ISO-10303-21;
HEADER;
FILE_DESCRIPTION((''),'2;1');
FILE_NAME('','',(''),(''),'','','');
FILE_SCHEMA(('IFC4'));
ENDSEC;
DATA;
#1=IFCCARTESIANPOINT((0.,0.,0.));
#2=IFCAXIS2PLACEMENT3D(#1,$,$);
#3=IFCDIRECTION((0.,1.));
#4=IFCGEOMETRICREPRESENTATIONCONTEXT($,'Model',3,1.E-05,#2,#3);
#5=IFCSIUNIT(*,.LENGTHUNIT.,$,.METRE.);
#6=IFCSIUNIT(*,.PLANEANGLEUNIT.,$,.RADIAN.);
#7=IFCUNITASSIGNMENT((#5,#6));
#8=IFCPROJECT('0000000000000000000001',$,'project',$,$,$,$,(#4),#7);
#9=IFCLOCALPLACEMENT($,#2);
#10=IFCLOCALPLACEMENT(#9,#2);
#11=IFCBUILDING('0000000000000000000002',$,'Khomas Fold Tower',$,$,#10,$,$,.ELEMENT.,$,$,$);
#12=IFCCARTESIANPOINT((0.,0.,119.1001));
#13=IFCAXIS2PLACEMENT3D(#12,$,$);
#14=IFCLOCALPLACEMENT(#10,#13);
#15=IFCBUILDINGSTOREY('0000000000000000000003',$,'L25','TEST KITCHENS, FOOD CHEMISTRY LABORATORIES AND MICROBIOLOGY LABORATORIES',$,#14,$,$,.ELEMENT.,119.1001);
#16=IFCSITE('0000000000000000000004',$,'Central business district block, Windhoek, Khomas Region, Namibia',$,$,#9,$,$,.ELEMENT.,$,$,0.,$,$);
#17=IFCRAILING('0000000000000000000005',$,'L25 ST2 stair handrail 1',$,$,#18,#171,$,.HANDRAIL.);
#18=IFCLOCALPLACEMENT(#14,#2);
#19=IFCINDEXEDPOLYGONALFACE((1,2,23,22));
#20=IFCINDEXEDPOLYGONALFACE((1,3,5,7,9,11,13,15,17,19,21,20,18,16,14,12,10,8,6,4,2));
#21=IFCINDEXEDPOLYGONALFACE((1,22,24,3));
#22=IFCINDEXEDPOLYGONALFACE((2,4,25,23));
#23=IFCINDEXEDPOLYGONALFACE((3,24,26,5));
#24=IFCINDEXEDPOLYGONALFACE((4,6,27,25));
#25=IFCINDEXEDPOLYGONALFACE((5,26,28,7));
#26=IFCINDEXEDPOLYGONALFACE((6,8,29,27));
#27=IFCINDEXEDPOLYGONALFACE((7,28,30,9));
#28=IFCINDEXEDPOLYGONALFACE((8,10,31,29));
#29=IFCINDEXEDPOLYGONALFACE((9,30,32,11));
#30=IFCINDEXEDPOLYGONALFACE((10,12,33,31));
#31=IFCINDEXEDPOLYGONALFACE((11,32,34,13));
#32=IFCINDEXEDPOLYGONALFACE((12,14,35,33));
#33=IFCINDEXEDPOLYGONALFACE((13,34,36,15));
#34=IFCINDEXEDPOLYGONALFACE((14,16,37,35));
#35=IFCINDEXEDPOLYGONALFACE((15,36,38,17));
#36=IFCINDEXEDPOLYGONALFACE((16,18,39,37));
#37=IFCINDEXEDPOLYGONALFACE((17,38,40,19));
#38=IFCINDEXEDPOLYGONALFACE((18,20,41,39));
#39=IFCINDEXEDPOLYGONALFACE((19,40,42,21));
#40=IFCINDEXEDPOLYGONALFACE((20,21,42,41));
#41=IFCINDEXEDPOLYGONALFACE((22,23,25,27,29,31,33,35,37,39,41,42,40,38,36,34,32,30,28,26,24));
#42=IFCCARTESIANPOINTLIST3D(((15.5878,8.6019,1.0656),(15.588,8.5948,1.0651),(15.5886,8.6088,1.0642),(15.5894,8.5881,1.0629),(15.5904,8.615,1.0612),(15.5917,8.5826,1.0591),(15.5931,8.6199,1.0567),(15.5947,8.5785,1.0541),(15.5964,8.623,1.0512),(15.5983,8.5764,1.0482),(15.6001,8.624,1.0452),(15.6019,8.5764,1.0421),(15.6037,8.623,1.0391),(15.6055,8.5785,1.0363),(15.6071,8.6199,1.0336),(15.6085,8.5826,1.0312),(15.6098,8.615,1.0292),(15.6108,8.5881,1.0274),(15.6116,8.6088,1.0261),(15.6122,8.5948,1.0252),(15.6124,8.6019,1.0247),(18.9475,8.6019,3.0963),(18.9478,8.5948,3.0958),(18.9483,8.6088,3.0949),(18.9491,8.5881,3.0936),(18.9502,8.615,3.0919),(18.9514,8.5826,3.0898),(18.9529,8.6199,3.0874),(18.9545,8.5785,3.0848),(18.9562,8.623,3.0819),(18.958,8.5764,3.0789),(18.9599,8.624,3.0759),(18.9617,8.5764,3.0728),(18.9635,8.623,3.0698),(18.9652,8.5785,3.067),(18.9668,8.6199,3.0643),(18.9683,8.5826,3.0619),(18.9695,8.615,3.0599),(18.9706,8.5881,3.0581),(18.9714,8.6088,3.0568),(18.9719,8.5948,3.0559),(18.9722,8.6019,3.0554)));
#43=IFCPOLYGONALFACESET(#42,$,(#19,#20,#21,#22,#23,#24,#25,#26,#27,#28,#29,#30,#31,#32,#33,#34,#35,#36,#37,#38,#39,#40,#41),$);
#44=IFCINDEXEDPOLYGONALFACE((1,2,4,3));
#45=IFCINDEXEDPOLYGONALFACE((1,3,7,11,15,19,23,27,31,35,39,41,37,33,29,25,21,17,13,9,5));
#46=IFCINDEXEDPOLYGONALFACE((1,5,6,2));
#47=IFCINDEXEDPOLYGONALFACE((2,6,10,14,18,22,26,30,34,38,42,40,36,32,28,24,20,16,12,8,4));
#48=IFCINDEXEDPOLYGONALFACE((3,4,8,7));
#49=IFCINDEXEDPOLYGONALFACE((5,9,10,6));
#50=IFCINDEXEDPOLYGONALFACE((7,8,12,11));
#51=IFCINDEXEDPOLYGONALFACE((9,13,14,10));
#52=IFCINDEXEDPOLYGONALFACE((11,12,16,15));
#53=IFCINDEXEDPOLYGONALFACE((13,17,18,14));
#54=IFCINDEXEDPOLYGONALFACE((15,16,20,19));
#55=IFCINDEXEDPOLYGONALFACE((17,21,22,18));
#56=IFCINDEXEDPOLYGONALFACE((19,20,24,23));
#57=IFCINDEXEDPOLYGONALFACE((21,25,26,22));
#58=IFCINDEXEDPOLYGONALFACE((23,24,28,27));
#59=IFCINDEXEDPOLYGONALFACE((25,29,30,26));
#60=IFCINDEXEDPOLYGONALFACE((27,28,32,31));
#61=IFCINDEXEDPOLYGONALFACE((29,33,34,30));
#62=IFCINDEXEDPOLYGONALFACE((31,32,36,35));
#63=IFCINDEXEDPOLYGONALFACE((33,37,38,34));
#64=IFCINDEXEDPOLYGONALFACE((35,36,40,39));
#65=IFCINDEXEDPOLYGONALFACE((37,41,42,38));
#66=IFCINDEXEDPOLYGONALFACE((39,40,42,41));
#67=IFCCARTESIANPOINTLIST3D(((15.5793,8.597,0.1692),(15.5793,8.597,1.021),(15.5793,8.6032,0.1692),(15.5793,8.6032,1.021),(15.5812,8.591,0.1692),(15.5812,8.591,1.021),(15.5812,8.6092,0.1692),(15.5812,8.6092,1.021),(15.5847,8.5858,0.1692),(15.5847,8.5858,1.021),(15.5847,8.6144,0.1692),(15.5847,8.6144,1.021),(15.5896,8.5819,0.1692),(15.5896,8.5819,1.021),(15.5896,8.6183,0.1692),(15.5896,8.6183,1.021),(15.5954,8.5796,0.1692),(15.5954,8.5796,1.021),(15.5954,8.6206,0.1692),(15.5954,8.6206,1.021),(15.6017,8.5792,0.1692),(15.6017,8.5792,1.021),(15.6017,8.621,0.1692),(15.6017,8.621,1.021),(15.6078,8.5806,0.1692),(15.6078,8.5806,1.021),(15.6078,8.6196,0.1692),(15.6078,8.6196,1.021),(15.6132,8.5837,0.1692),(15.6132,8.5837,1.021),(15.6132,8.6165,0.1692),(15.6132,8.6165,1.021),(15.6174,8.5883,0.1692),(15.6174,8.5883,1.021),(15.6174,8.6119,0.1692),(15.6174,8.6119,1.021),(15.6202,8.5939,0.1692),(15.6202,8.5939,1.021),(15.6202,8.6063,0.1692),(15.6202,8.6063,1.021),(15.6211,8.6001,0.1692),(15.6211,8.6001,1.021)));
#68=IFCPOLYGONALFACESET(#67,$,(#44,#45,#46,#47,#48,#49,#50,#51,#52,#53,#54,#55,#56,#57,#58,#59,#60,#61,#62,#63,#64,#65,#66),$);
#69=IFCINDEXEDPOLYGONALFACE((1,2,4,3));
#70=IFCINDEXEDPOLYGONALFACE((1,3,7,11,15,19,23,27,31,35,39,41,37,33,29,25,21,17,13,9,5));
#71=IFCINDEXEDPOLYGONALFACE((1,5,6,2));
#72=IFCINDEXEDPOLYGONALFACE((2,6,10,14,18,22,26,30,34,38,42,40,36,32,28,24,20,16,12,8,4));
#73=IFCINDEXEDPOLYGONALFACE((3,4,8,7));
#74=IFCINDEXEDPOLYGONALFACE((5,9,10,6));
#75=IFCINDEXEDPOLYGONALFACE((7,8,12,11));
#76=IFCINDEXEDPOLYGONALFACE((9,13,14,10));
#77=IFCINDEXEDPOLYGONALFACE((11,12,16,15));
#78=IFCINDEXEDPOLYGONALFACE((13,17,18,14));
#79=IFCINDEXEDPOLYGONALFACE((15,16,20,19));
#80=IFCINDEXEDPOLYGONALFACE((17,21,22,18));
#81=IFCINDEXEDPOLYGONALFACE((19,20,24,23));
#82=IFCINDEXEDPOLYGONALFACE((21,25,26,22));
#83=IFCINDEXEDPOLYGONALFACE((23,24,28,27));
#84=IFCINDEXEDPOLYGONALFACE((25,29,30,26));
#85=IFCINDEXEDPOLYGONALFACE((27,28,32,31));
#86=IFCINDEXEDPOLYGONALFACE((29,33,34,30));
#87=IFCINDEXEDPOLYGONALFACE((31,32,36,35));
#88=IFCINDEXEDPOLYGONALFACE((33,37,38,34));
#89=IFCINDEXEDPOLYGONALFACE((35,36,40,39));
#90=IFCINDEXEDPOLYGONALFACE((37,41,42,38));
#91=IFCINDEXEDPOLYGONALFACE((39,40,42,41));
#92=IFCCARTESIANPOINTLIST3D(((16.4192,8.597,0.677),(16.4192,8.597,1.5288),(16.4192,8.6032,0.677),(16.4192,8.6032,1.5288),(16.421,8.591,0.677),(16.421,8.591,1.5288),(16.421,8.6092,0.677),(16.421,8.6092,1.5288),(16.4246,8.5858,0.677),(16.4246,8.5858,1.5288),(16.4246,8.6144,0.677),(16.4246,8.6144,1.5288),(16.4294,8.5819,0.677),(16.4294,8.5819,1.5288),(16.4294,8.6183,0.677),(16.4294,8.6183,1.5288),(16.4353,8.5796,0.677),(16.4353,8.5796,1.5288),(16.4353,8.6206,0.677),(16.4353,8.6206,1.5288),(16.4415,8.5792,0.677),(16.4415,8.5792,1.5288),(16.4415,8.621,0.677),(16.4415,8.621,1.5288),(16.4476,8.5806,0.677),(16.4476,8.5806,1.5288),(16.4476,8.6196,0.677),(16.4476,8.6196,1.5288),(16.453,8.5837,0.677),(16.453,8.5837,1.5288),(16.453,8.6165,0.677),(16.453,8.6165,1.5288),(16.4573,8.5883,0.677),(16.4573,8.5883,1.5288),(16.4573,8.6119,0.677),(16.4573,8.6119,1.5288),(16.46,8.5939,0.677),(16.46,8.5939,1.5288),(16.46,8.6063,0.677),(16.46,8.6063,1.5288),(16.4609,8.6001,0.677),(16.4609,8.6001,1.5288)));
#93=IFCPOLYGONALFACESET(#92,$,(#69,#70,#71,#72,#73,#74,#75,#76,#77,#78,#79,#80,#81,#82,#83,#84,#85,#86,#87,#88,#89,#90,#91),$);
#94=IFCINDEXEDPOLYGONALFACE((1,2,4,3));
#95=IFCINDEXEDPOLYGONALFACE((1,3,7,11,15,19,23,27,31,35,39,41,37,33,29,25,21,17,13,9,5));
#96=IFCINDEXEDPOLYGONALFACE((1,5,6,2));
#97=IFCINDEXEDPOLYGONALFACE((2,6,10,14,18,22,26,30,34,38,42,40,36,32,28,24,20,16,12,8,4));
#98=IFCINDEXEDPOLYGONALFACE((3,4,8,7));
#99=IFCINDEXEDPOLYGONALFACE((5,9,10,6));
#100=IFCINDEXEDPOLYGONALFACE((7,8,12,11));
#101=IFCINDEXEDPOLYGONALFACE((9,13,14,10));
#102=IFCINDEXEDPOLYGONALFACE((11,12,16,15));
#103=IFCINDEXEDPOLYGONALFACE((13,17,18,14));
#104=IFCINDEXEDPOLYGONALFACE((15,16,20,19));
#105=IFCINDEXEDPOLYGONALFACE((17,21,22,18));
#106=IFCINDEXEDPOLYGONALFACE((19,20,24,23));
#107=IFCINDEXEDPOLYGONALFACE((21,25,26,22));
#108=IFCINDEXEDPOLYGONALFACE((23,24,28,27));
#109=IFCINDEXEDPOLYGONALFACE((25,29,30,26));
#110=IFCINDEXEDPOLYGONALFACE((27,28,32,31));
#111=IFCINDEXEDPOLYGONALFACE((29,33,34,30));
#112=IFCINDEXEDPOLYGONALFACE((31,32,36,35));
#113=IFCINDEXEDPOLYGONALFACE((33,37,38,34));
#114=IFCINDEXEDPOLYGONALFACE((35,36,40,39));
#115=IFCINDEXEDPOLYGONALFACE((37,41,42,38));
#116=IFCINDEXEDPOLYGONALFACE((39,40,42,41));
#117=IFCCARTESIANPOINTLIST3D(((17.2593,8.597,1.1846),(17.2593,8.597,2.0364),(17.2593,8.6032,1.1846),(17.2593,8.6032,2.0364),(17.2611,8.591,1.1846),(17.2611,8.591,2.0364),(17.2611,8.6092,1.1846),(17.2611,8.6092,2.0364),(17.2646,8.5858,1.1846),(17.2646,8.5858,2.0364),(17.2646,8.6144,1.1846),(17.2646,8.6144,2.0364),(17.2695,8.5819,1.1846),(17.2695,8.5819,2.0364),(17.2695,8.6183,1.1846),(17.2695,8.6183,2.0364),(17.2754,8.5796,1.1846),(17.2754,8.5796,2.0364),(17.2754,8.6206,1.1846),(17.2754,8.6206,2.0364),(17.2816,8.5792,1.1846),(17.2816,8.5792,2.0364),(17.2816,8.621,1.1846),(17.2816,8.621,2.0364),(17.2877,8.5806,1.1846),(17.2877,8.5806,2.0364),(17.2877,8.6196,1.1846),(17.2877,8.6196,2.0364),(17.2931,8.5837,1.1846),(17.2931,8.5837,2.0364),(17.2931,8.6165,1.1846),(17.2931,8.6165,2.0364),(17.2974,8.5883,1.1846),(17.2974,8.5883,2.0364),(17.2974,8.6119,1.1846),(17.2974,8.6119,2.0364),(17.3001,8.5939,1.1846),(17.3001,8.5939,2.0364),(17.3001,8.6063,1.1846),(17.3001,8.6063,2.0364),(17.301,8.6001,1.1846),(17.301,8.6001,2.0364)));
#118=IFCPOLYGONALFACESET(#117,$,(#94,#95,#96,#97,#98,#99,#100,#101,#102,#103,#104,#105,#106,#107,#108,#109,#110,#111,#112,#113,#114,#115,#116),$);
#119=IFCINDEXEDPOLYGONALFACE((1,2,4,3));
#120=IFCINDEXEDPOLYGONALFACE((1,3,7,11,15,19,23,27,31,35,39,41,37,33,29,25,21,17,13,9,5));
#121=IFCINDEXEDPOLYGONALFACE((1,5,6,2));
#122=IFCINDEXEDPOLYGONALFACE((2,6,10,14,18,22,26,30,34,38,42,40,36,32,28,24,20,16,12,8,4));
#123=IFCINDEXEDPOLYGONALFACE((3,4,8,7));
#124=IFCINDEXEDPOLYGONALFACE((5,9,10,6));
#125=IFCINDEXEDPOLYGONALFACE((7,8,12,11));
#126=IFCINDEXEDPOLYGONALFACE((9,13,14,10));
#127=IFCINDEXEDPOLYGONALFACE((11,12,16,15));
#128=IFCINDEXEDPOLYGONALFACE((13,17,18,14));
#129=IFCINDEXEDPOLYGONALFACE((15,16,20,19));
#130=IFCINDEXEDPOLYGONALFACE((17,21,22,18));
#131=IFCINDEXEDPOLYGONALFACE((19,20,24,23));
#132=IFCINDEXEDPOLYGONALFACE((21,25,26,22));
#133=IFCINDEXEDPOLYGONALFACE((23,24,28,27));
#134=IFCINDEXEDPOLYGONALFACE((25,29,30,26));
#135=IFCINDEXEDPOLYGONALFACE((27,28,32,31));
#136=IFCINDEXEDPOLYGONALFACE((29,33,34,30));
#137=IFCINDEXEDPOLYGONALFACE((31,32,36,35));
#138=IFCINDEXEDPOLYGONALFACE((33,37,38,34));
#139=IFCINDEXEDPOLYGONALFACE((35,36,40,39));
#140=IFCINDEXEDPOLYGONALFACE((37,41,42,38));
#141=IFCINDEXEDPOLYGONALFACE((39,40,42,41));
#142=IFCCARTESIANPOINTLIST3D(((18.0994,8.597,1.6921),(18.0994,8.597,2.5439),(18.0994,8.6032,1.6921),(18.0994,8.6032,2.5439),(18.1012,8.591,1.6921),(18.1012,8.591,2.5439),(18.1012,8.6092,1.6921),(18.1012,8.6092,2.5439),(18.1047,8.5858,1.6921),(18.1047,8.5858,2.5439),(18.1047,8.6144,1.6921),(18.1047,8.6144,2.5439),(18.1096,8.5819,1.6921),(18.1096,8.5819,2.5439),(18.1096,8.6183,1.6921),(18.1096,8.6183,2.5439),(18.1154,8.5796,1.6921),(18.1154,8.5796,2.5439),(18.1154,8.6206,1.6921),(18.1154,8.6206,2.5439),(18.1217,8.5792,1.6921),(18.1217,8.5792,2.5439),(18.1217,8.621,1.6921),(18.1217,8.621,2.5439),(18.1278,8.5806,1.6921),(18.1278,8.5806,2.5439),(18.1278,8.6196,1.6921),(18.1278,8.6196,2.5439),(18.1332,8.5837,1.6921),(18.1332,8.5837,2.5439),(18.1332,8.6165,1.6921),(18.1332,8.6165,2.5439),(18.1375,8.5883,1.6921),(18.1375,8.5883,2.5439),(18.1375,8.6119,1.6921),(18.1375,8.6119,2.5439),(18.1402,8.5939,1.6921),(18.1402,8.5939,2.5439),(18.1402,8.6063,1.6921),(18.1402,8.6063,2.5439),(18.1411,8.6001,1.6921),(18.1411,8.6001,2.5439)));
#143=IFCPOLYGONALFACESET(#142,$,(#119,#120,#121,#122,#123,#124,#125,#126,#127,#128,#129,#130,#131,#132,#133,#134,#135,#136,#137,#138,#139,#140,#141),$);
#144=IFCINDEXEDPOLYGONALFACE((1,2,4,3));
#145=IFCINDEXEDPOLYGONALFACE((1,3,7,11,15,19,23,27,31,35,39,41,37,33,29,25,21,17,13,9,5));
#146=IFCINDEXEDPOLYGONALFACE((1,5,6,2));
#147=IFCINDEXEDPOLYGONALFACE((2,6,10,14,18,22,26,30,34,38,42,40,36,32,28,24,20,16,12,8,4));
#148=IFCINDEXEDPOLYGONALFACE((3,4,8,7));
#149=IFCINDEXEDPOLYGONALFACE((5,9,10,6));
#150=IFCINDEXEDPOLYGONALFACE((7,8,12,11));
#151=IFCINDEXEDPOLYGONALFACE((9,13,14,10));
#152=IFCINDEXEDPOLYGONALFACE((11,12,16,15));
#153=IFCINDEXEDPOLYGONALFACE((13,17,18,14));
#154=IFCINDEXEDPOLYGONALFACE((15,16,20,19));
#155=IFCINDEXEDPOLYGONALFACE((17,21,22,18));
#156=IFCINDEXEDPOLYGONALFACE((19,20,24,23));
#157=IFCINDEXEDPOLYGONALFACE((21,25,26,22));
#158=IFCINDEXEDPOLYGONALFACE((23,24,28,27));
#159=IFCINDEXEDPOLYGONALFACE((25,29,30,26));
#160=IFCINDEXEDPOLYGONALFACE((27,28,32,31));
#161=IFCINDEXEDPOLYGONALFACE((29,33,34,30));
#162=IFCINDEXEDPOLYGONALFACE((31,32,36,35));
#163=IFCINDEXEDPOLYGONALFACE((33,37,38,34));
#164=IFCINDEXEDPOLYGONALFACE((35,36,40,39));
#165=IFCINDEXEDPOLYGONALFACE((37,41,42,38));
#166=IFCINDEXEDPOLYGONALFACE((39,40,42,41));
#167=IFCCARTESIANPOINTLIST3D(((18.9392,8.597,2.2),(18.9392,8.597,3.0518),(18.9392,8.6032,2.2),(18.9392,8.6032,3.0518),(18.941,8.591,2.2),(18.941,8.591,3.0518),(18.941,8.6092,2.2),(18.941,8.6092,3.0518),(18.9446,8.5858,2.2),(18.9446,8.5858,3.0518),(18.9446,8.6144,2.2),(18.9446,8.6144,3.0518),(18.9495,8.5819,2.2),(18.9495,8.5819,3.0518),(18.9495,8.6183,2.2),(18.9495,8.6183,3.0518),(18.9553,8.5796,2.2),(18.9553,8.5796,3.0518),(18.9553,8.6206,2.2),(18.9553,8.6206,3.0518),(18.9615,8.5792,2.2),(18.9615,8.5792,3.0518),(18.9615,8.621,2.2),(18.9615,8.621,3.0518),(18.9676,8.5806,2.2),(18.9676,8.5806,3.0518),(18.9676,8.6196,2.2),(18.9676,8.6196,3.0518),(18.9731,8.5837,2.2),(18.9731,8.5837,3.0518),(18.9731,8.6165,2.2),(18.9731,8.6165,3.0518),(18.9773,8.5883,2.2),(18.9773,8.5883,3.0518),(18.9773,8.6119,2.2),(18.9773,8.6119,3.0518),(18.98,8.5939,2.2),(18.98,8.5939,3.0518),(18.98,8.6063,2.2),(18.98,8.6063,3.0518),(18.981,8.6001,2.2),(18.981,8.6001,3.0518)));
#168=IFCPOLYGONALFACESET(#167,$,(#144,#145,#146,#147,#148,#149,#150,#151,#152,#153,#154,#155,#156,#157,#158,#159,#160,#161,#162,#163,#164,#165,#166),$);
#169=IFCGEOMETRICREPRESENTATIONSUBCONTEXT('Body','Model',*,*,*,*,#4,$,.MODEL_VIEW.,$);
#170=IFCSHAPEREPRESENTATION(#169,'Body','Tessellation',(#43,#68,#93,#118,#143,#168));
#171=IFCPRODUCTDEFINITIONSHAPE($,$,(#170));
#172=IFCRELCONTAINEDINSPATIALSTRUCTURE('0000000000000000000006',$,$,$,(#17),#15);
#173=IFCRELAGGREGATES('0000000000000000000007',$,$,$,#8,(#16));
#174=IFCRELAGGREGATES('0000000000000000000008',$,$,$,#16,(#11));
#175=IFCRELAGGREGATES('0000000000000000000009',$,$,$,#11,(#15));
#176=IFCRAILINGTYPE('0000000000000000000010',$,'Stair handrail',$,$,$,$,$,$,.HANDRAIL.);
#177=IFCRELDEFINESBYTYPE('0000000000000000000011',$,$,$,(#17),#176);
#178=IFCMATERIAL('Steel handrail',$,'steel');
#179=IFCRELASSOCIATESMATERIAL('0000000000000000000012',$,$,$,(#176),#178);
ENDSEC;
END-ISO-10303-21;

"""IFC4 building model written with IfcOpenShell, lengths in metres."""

from ifc_helpers import new_model, si_unit, direction, frame, origin, origin_2d, place, context, subcontext, project, spatial, circle, extrude, source, transform, mapped, material, type_object, element, save


model = new_model("IFC4")

# Units and contexts
model_context = context("Model", 3, precision=1e-05, world=origin(), true_north=direction((0.0, 1.0)))
body_context = subcontext(model_context, "Body", "Model", "MODEL_VIEW")
ifc_project = project(units=[si_unit("LENGTHUNIT", "METRE"), si_unit("PLANEANGLEUNIT", "RADIAN")], contexts=[model_context])

# Site, building, storey
site_placement = place(None, origin())
site = spatial("IfcSite", under=ifc_project, at=site_placement, Name="Central business district block, Windhoek, Khomas Region, Namibia", CompositionType="ELEMENT", RefElevation=0.0)
building_placement = place(site_placement, origin())
building = spatial("IfcBuilding", under=site, at=building_placement, Name="Khomas Fold Tower", CompositionType="ELEMENT")
storey_placement = place(building_placement, frame((0.0, 0.0, 119.1001)))
storey = spatial("IfcBuildingStorey", under=building, at=storey_placement, Name="L25", Description="TEST KITCHENS, FOOD CHEMISTRY LABORATORIES AND MICROBIOLOGY LABORATORIES", CompositionType="ELEMENT", Elevation=119.1001)

# Railing
ifc_material_1 = material(Name="Steel handrail", Category="steel")
railing_type_1 = type_object("IfcRailingType", Name="Stair handrail", PredefinedType="HANDRAIL", material=ifc_material_1)
shared_shape_1 = source(origin(), body_context, "Body", "SweptSolid", [
    extrude(circle(Radius=0.0239, at=origin_2d()), frame((0.0, 0.0, 0.876), z_axis=(0.85582, 0.0, 0.517273), x_axis=(0.0, 1.0, 0.0)), (0.0, 0.0, 1.0), 3.9258),
    extrude(circle(Radius=0.021, at=origin_2d()), origin(), (0.0, 0.0, 1.0), 0.8518),
    extrude(circle(Radius=0.021, at=origin_2d()), frame((0.8398, 0.0, 0.5078)), (0.0, 0.0, 1.0), 0.8518),
    extrude(circle(Radius=0.021, at=origin_2d()), frame((1.6799, 0.0, 1.0154)), (0.0, 0.0, 1.0), 0.8518),
    extrude(circle(Radius=0.021, at=origin_2d()), frame((2.52, 0.0, 1.5229)), (0.0, 0.0, 1.0), 0.8518),
    extrude(circle(Radius=0.021, at=origin_2d()), frame((3.3599, 0.0, 2.0308)), (0.0, 0.0, 1.0), 0.8518),
])
railing_1_placement = place(storey_placement, frame((15.6001, 8.6001, 0.1692)))
element("IfcRailing", 1, at=railing_1_placement, inside=storey, type_object=railing_type_1, Name="L25 ST2 stair handrail 1", PredefinedType="HANDRAIL", context=body_context, shape_type="MappedRepresentation", body=[
    mapped(shared_shape_1, transform((0.0, 0.0, 0.0))),
])

save(model, "model.ifc")
